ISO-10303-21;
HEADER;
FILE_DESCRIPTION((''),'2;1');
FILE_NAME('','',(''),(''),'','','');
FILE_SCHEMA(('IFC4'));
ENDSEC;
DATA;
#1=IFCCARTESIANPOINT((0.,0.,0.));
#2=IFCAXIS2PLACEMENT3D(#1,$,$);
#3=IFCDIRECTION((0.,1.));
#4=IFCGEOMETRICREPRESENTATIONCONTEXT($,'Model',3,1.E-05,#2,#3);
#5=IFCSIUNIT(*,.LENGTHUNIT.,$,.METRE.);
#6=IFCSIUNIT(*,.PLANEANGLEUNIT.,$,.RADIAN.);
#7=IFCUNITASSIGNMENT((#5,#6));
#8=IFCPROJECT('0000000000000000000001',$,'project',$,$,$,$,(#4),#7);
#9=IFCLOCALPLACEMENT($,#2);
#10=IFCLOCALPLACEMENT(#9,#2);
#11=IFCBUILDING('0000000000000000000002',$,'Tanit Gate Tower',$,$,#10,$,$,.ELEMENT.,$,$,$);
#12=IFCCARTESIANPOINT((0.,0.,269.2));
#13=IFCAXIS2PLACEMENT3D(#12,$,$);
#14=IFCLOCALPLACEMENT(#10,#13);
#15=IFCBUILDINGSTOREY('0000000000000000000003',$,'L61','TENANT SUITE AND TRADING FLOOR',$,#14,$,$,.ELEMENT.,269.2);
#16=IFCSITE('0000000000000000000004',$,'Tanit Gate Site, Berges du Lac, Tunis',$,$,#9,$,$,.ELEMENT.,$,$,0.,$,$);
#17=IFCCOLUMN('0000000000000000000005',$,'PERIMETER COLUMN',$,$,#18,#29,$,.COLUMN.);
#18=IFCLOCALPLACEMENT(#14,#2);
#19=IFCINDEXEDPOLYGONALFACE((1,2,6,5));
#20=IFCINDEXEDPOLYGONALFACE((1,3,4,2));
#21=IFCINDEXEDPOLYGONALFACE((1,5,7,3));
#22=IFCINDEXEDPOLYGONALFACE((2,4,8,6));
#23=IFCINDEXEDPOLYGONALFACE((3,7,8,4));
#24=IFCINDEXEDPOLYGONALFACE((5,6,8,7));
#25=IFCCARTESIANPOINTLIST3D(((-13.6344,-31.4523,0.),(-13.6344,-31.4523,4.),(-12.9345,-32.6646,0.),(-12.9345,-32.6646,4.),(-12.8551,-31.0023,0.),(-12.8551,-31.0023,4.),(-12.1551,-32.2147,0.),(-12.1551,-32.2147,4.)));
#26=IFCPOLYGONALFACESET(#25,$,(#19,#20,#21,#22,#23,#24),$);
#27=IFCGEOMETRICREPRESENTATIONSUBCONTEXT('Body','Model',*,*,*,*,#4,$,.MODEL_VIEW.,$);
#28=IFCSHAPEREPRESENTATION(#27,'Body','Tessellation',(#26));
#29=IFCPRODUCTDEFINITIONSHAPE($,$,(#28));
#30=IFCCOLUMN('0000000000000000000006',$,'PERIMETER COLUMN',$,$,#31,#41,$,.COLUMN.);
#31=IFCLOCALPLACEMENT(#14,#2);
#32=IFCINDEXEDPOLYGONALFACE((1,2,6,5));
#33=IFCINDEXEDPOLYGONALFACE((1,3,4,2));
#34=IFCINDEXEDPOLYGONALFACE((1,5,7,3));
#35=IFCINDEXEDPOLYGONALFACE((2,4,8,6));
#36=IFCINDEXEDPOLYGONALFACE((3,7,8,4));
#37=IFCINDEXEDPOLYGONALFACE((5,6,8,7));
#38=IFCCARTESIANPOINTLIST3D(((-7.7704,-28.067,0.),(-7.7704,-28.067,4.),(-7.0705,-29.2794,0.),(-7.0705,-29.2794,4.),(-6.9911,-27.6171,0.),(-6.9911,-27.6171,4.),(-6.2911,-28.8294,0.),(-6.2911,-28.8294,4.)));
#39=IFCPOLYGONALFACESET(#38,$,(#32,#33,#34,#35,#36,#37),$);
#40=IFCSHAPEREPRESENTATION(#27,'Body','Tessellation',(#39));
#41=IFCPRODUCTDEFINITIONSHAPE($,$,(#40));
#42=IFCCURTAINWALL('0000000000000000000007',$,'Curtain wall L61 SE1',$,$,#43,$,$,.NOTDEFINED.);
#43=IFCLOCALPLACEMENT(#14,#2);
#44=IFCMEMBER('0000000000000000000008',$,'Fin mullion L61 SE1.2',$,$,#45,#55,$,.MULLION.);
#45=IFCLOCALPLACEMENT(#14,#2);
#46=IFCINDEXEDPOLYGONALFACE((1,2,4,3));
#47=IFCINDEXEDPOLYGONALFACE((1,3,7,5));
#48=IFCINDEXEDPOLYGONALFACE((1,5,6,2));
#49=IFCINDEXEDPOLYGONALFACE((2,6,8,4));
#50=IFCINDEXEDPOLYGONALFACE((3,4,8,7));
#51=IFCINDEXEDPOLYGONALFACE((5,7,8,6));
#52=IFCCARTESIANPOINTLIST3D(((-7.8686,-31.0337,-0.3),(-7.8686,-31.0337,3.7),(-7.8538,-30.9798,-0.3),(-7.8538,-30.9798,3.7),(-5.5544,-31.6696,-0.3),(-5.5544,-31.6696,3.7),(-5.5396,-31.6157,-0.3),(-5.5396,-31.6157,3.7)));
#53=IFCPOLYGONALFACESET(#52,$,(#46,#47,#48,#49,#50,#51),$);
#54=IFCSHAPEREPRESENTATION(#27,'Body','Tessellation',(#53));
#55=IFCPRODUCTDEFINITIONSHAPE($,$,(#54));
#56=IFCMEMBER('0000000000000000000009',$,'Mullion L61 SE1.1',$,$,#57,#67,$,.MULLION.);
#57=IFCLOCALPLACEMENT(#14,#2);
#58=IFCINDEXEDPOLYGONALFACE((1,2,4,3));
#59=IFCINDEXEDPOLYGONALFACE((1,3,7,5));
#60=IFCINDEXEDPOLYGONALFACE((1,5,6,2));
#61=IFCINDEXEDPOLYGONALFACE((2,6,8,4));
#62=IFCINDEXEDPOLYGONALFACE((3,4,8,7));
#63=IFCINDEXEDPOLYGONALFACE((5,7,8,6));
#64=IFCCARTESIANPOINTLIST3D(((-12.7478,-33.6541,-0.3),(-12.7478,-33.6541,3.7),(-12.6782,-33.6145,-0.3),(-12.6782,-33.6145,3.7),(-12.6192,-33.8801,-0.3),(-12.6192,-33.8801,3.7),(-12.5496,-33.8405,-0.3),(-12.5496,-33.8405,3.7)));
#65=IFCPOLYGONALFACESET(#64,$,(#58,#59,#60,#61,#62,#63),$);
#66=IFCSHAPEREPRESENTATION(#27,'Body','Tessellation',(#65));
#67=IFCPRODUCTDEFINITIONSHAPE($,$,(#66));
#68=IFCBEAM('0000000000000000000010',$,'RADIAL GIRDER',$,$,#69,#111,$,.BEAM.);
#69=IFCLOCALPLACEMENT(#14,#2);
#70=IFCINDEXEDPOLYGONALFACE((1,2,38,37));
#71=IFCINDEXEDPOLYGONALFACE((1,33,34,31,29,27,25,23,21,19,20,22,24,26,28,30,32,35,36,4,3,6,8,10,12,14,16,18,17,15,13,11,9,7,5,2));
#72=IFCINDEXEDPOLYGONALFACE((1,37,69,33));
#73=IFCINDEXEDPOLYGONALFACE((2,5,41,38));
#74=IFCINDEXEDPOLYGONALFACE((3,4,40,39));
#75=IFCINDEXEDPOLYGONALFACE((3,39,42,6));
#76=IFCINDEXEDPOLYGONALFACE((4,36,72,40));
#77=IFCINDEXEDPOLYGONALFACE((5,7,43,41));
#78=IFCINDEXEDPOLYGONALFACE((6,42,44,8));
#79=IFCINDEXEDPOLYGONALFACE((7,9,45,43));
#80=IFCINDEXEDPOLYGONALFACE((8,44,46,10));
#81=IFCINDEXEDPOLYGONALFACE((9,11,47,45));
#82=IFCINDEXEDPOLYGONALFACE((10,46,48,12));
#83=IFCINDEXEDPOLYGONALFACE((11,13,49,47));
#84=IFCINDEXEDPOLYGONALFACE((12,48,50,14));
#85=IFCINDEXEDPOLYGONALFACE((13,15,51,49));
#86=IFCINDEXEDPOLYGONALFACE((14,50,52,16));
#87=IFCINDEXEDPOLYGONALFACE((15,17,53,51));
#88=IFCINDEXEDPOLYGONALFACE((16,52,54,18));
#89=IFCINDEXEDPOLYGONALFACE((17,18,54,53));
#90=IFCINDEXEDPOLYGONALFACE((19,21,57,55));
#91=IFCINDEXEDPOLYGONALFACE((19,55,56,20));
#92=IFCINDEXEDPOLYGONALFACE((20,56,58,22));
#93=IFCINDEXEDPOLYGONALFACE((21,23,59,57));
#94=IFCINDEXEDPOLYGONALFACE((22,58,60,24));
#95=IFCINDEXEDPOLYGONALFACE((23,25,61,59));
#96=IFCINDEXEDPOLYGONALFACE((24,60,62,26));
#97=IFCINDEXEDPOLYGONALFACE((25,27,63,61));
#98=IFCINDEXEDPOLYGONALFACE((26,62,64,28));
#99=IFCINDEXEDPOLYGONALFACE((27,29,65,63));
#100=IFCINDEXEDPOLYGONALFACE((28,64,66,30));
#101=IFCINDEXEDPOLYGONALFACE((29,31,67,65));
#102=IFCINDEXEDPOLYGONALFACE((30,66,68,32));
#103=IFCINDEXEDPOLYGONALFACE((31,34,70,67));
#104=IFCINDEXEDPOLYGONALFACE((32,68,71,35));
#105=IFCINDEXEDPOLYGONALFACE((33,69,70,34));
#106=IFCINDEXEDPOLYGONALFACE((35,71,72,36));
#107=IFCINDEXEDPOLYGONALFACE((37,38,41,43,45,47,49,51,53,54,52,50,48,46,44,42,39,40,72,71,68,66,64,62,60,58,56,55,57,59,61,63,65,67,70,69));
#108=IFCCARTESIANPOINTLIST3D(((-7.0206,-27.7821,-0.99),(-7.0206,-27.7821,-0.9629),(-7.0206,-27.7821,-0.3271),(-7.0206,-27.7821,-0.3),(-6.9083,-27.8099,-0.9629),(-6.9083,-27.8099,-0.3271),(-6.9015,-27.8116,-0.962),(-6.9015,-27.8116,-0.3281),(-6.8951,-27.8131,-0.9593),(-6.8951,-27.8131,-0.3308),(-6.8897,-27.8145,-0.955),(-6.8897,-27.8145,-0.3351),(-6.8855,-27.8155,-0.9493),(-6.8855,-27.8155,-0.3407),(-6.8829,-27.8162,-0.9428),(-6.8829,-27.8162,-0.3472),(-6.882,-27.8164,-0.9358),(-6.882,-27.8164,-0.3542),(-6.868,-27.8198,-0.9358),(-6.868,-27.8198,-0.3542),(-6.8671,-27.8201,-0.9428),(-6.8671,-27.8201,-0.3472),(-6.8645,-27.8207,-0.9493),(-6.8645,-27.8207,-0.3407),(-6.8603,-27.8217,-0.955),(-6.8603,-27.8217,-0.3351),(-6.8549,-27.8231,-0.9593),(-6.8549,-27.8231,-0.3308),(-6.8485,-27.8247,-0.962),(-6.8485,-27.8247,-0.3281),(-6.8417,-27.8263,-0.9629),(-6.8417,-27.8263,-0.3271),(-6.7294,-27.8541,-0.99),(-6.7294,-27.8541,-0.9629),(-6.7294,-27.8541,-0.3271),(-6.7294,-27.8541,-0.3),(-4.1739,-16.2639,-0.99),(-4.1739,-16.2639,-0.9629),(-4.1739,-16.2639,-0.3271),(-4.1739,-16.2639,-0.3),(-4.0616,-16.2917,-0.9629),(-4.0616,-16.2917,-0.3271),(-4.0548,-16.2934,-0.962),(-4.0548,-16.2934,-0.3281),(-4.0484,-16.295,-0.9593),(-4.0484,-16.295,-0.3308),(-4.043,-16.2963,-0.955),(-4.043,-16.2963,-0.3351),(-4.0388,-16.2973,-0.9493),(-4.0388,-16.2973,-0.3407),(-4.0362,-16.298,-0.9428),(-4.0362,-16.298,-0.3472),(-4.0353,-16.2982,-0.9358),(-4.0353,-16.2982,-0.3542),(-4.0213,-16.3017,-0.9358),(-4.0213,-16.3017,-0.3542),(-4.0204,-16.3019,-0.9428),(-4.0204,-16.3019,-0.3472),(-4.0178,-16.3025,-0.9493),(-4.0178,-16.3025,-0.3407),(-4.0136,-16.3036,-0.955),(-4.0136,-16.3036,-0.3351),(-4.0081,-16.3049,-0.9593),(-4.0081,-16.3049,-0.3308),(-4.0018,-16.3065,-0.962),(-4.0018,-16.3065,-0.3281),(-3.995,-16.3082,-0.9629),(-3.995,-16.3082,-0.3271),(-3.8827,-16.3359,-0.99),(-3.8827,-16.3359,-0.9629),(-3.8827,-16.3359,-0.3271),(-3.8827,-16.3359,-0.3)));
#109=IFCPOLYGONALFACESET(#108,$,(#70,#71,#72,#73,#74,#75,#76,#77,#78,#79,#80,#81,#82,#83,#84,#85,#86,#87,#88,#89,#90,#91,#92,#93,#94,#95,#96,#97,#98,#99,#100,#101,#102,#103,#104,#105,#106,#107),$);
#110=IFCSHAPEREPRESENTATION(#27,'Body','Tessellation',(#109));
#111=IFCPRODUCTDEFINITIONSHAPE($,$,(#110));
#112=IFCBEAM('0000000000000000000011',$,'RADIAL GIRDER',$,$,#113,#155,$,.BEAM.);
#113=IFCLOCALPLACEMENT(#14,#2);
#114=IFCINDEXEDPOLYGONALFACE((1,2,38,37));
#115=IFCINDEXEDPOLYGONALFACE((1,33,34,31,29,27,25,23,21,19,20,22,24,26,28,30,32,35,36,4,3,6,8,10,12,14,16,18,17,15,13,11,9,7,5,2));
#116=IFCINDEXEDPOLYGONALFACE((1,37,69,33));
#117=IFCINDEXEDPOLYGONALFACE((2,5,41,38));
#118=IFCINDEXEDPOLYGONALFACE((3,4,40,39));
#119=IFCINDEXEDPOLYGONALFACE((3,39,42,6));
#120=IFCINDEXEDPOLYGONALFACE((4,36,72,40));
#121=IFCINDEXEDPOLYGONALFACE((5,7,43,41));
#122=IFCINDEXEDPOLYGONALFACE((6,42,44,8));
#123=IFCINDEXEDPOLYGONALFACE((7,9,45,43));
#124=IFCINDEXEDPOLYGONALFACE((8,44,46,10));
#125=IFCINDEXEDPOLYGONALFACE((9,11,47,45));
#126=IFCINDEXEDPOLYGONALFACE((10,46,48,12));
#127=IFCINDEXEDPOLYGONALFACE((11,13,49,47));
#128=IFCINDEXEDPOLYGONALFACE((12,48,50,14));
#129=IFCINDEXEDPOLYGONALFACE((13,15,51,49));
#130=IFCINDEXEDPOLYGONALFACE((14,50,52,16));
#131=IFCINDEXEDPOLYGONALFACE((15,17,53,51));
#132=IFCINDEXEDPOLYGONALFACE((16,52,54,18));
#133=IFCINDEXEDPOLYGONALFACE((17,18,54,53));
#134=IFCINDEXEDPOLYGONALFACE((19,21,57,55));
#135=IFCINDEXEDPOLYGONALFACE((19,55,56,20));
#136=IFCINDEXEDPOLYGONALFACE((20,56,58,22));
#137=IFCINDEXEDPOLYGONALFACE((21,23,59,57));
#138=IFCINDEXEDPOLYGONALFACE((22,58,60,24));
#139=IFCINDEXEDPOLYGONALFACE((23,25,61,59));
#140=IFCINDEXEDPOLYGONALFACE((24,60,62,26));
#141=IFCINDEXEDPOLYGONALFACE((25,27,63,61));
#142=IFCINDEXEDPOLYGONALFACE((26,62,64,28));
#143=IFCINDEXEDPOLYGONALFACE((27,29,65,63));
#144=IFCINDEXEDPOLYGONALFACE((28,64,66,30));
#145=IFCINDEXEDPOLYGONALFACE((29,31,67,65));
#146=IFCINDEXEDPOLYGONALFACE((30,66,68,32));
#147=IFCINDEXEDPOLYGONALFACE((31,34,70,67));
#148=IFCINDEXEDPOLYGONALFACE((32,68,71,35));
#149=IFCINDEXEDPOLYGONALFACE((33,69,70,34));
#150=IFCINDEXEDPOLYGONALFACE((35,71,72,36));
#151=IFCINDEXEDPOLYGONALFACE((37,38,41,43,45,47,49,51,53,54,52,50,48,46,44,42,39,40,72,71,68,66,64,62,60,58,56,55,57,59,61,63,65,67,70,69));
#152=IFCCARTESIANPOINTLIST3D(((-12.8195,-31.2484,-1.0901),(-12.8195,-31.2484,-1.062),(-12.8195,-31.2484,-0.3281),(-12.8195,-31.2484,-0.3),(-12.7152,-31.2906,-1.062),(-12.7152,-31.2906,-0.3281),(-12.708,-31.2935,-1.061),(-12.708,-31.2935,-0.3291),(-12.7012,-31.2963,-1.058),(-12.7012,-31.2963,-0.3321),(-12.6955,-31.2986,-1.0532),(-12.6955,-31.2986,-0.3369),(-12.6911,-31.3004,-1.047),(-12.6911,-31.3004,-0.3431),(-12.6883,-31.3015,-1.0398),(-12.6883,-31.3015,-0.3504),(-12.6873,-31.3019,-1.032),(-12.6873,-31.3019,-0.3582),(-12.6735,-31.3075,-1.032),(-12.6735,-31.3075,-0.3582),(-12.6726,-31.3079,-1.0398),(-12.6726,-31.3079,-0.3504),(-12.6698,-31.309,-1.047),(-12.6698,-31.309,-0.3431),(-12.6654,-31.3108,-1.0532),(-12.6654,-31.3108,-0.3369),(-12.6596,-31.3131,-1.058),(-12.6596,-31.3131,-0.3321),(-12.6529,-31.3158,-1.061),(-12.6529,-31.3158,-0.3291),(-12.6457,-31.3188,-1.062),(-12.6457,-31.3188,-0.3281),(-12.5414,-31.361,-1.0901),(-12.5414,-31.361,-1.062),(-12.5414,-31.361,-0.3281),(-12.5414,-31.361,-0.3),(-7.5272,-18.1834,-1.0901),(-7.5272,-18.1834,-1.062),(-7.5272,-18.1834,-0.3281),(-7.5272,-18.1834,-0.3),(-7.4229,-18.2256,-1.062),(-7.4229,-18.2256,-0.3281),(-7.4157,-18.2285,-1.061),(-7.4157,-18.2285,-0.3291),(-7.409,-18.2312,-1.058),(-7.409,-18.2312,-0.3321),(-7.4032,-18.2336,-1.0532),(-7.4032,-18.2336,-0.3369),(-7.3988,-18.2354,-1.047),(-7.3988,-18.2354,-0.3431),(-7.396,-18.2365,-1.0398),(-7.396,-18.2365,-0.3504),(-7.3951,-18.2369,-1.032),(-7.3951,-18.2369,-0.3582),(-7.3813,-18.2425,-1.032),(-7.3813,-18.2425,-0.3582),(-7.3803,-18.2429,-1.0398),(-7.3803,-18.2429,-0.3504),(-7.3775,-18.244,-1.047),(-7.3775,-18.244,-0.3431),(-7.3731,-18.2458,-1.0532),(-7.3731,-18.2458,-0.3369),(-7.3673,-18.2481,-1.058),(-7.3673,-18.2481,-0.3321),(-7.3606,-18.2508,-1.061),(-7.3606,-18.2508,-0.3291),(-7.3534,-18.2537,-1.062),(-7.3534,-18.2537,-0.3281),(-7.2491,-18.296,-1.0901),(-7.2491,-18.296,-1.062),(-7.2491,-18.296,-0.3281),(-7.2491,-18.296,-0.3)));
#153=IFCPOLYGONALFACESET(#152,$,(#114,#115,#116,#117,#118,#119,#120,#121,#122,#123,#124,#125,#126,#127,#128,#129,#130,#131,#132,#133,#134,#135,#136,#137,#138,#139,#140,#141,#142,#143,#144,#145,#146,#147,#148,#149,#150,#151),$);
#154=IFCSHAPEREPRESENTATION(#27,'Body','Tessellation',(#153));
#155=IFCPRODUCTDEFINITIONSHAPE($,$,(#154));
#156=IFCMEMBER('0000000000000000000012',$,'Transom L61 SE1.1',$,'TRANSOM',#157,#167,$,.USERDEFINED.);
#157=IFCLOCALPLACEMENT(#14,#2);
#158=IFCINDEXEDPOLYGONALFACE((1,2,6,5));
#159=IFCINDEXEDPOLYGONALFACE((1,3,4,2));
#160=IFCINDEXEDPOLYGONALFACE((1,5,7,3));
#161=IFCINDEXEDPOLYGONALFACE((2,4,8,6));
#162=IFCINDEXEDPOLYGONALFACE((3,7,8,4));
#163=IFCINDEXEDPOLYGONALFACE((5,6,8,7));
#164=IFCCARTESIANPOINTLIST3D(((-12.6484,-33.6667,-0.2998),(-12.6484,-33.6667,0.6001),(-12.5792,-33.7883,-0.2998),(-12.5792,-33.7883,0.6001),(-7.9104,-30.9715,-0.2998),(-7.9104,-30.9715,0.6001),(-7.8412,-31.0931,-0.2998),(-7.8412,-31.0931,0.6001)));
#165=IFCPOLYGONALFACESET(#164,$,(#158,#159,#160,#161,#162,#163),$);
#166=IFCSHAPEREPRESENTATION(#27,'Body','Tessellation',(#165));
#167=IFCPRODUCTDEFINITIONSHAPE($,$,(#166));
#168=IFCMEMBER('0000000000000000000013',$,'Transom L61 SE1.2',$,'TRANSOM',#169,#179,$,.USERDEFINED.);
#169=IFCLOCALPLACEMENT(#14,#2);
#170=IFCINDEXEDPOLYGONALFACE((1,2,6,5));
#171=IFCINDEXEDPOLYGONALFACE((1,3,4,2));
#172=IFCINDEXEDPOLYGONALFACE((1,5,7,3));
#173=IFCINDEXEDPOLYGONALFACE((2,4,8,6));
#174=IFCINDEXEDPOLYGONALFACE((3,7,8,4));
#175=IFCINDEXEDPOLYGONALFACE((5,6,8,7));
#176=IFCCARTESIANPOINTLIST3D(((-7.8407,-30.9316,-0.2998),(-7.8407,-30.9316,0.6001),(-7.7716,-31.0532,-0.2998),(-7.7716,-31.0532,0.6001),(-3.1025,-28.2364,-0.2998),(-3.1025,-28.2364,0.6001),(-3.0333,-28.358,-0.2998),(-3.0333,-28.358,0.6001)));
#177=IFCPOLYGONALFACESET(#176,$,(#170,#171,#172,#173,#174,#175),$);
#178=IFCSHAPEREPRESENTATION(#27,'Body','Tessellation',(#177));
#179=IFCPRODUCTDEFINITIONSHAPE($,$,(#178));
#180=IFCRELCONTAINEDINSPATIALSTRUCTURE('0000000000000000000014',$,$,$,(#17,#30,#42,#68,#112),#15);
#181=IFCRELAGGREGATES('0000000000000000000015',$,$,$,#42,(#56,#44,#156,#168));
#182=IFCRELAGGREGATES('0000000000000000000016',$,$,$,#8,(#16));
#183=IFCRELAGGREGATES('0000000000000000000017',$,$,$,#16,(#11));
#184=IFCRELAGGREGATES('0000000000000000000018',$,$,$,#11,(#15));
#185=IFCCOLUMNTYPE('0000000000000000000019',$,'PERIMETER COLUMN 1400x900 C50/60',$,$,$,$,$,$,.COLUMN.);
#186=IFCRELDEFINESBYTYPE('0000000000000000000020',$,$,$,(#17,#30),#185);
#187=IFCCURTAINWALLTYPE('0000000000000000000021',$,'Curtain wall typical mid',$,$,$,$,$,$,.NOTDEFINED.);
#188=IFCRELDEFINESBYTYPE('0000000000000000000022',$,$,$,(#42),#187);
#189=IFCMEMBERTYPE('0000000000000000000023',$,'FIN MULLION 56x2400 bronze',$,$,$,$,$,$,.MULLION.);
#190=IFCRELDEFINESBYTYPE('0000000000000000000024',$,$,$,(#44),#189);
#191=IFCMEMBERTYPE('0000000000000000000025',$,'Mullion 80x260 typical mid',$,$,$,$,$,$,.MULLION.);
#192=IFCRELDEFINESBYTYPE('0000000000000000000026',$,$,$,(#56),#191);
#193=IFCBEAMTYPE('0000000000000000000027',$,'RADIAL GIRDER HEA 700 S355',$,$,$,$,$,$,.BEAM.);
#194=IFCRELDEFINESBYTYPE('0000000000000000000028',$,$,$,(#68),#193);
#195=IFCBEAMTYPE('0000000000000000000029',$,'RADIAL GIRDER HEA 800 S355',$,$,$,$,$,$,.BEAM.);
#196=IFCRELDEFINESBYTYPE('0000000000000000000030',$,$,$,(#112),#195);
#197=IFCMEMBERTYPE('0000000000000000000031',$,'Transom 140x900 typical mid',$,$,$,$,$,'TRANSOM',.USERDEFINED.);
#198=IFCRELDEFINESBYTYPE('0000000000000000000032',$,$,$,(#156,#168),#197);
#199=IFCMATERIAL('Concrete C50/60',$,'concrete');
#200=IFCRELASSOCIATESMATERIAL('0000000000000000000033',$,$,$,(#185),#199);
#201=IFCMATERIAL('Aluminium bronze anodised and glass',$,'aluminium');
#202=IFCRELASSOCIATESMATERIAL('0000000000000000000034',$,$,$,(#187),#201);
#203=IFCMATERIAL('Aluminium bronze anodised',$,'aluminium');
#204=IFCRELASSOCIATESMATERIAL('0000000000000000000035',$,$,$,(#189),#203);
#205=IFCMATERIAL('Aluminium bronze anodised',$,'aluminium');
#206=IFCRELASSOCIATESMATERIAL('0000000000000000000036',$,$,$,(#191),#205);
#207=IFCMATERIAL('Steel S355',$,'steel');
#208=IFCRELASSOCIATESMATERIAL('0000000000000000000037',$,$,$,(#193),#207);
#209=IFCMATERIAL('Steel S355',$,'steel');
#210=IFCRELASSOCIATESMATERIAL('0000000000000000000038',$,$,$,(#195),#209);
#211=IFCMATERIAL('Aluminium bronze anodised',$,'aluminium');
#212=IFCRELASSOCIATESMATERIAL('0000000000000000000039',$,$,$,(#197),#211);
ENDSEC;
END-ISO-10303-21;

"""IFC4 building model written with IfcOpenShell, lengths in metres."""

from ifc_helpers import new_model, si_unit, direction, frame, origin, origin_2d, place, context, subcontext, project, spatial, rectangle, i_section, extrude, material, material_profile, profile_set, type_object, element, aggregate, save


model = new_model("IFC4")

# Units and contexts
model_context = context("Model", 3, precision=1e-05, world=origin(), true_north=direction((0.0, 1.0)))
body_context = subcontext(model_context, "Body", "Model", "MODEL_VIEW")
ifc_project = project(units=[si_unit("LENGTHUNIT", "METRE"), si_unit("PLANEANGLEUNIT", "RADIAN")], contexts=[model_context])

# Site, building, storey
site_placement = place(None, origin())
site = spatial("IfcSite", under=ifc_project, at=site_placement, Name="Tanit Gate Site, Berges du Lac, Tunis", CompositionType="ELEMENT", RefElevation=0.0)
building_placement = place(site_placement, origin())
building = spatial("IfcBuilding", under=site, at=building_placement, Name="Tanit Gate Tower", CompositionType="ELEMENT")
storey_placement = place(building_placement, frame((0.0, 0.0, 269.2)))
storey = spatial("IfcBuildingStorey", under=building, at=storey_placement, Name="L61", Description="TENANT SUITE AND TRADING FLOOR", CompositionType="ELEMENT", Elevation=269.2)

# Columns
ifc_material_1 = material(Name="Concrete C50/60", Category="concrete")
ifc_material_profile_1 = material_profile(ifc_material_1, rectangle(XDim=1.3999, YDim=0.8999, at=origin_2d()), Name="RC 1400x900")
ifc_profile_set_1 = profile_set([ifc_material_profile_1], Name="Concrete C50/60")
column_type = type_object("IfcColumnType", Name="PERIMETER COLUMN 1400x900 C50/60", PredefinedType="COLUMN", material=ifc_profile_set_1)
for number, where, z_axis, x_axis, name in (
    (1, (-12.8948, -31.8335, 0.0), (0.0, 0.0, 1.0), (0.5, -0.866025, 0.0), "PERIMETER COLUMN"),
    (2, (-7.0308, -28.4482, 0.0), (0.0, 0.0, 1.0), (0.5, -0.866025, 0.0), "PERIMETER COLUMN"),
):
    element("IfcColumn", number, at=place(storey_placement, frame(where, z_axis=z_axis, x_axis=x_axis)), inside=storey, type_object=column_type, Name=name, PredefinedType="COLUMN", context=body_context, shape_type="SweptSolid", body=[
        extrude(rectangle(XDim=1.3999, YDim=0.8999, at=origin_2d()), origin(), (0.0, 0.0, 1.0), 4.0),
    ])

# Curtain wall, members
ifc_material_2 = material(Name="Aluminium bronze anodised and glass", Category="aluminium")
curtain_wall_type = type_object("IfcCurtainWallType", Name="Curtain wall typical mid", PredefinedType="NOTDEFINED", material=ifc_material_2)
curtain_wall_placement = place(storey_placement, origin())
curtain_wall = element("IfcCurtainWall", 3, at=curtain_wall_placement, inside=storey, type_object=curtain_wall_type, Name="Curtain wall L61 SE1", PredefinedType="NOTDEFINED")
ifc_material_3 = material(Name="Aluminium bronze anodised", Category="aluminium")
ifc_material_profile_2 = material_profile(ifc_material_3, rectangle(XDim=2.3999, YDim=0.0559, at=origin_2d()), Name="56x2400 bronze fin mullion")
ifc_profile_set_2 = profile_set([ifc_material_profile_2], Name="Aluminium bronze anodised")
member_type_1 = type_object("IfcMemberType", Name="FIN MULLION 56x2400 bronze", PredefinedType="MULLION", material=ifc_profile_set_2)
member_1_placement = place(storey_placement, frame((-6.7041, -31.3247, -0.3), z_axis=(0.0, 0.0, 1.0), x_axis=(-0.964257, 0.26497, 0.0)))
member_1 = element("IfcMember", 4, at=member_1_placement, type_object=member_type_1, Name="Fin mullion L61 SE1.2", PredefinedType="MULLION", context=body_context, shape_type="SweptSolid", body=[
    extrude(rectangle(XDim=2.3999, YDim=0.0559, at=origin_2d()), origin(), (0.0, 0.0, 1.0), 4.0),
])
ifc_material_4 = material(Name="Aluminium bronze anodised", Category="aluminium")
ifc_material_profile_3 = material_profile(ifc_material_4, rectangle(XDim=0.26, YDim=0.0801, at=origin_2d()), Name="80x260 bronze mullion")
ifc_profile_set_3 = profile_set([ifc_material_profile_3], Name="Aluminium bronze anodised")
member_type_2 = type_object("IfcMemberType", Name="Mullion 80x260 typical mid", PredefinedType="MULLION", material=ifc_profile_set_3)
member_2_placement = place(storey_placement, frame((-12.6487, -33.7473, -0.3), z_axis=(0.0, 0.0, 1.0), x_axis=(-0.49447, 0.869195, 0.0)))
member_2 = element("IfcMember", 5, at=member_2_placement, type_object=member_type_2, Name="Mullion L61 SE1.1", PredefinedType="MULLION", context=body_context, shape_type="SweptSolid", body=[
    extrude(rectangle(XDim=0.26, YDim=0.0801, at=origin_2d()), origin(), (0.0, 0.0, 1.0), 4.0),
])

# Beams
ifc_material_5 = material(Name="Steel S355", Category="steel")
ifc_material_profile_4 = material_profile(ifc_material_5, i_section(OverallWidth=0.3, OverallDepth=0.6899, WebThickness=0.0144, FlangeThickness=0.0271, FilletRadius=0.0271, at=origin_2d()), Name="HEA 700")
ifc_profile_set_4 = profile_set([ifc_material_profile_4], Name="Steel S355")
beam_type_1 = type_object("IfcBeamType", Name="RADIAL GIRDER HEA 700 S355", PredefinedType="BEAM", material=ifc_profile_set_4)
beam_1_placement = place(storey_placement, frame((-6.875, -27.8181, -0.645), z_axis=(0.23993, 0.97079, 0.0), x_axis=(-0.97079, 0.23993, 0.0)))
element("IfcBeam", 6, at=beam_1_placement, inside=storey, type_object=beam_type_1, Name="RADIAL GIRDER", PredefinedType="BEAM", context=body_context, shape_type="SweptSolid", body=[
    extrude(i_section(OverallWidth=0.3, OverallDepth=0.6899, WebThickness=0.0144, FlangeThickness=0.0271, FilletRadius=0.0271, at=origin_2d()), origin(), (0.0, 0.0, 1.0), 11.8647),
])
ifc_material_6 = material(Name="Steel S355", Category="steel")
ifc_material_profile_5 = material_profile(ifc_material_6, i_section(OverallWidth=0.3, OverallDepth=0.79, WebThickness=0.0149, FlangeThickness=0.0281, FilletRadius=0.03, at=origin_2d()), Name="HEA 800")
ifc_profile_set_5 = profile_set([ifc_material_profile_5], Name="Steel S355")
beam_type_2 = type_object("IfcBeamType", Name="RADIAL GIRDER HEA 800 S355", PredefinedType="BEAM", material=ifc_profile_set_5)
beam_2_placement = place(storey_placement, frame((-12.6804, -31.3047, -0.6951), z_axis=(0.375439, 0.926847, 0.0), x_axis=(-0.926847, 0.375439, 0.0)))
element("IfcBeam", 7, at=beam_2_placement, inside=storey, type_object=beam_type_2, Name="RADIAL GIRDER", PredefinedType="BEAM", context=body_context, shape_type="SweptSolid", body=[
    extrude(i_section(OverallWidth=0.3, OverallDepth=0.79, WebThickness=0.0149, FlangeThickness=0.0281, FilletRadius=0.03, at=origin_2d()), origin(), (0.0, 0.0, 1.0), 14.0962),
])

# Members
ifc_material_7 = material(Name="Aluminium bronze anodised", Category="aluminium")
ifc_material_profile_6 = material_profile(ifc_material_7, rectangle(XDim=0.1399, YDim=0.8999, at=origin_2d()), Name="140x900 bronze transom")
ifc_profile_set_6 = profile_set([ifc_material_profile_6], Name="Aluminium bronze anodised")
member_type_3 = type_object("IfcMemberType", Name="Transom 140x900 typical mid", ElementType="TRANSOM", PredefinedType="USERDEFINED", material=ifc_profile_set_6)
member_3_placement = place(storey_placement, frame((-12.6138, -33.7275, 0.1501), z_axis=(0.869201, 0.494459, 0.0), x_axis=(-0.494459, 0.869201, 0.0)))
member_3 = element("IfcMember", 8, at=member_3_placement, type_object=member_type_3, Name="Transom L61 SE1.1", ObjectType="TRANSOM", PredefinedType="USERDEFINED", context=body_context, shape_type="SweptSolid", body=[
    extrude(rectangle(XDim=0.1399, YDim=0.8999, at=origin_2d()), origin(), (0.0, 0.0, 1.0), 5.4509),
])
member_4_placement = place(storey_placement, frame((-7.8062, -30.9924, 0.1501), z_axis=(0.869212, 0.49444, 0.0), x_axis=(-0.49444, 0.869212, 0.0)))
member_4 = element("IfcMember", 9, at=member_4_placement, type_object=member_type_3, Name="Transom L61 SE1.2", ObjectType="TRANSOM", PredefinedType="USERDEFINED", context=body_context, shape_type="SweptSolid", body=[
    extrude(rectangle(XDim=0.1399, YDim=0.8999, at=origin_2d()), origin(), (0.0, 0.0, 1.0), 5.4512),
])

aggregate(curtain_wall, [member_2, member_1, member_3, member_4])

save(model, "model.ifc")
